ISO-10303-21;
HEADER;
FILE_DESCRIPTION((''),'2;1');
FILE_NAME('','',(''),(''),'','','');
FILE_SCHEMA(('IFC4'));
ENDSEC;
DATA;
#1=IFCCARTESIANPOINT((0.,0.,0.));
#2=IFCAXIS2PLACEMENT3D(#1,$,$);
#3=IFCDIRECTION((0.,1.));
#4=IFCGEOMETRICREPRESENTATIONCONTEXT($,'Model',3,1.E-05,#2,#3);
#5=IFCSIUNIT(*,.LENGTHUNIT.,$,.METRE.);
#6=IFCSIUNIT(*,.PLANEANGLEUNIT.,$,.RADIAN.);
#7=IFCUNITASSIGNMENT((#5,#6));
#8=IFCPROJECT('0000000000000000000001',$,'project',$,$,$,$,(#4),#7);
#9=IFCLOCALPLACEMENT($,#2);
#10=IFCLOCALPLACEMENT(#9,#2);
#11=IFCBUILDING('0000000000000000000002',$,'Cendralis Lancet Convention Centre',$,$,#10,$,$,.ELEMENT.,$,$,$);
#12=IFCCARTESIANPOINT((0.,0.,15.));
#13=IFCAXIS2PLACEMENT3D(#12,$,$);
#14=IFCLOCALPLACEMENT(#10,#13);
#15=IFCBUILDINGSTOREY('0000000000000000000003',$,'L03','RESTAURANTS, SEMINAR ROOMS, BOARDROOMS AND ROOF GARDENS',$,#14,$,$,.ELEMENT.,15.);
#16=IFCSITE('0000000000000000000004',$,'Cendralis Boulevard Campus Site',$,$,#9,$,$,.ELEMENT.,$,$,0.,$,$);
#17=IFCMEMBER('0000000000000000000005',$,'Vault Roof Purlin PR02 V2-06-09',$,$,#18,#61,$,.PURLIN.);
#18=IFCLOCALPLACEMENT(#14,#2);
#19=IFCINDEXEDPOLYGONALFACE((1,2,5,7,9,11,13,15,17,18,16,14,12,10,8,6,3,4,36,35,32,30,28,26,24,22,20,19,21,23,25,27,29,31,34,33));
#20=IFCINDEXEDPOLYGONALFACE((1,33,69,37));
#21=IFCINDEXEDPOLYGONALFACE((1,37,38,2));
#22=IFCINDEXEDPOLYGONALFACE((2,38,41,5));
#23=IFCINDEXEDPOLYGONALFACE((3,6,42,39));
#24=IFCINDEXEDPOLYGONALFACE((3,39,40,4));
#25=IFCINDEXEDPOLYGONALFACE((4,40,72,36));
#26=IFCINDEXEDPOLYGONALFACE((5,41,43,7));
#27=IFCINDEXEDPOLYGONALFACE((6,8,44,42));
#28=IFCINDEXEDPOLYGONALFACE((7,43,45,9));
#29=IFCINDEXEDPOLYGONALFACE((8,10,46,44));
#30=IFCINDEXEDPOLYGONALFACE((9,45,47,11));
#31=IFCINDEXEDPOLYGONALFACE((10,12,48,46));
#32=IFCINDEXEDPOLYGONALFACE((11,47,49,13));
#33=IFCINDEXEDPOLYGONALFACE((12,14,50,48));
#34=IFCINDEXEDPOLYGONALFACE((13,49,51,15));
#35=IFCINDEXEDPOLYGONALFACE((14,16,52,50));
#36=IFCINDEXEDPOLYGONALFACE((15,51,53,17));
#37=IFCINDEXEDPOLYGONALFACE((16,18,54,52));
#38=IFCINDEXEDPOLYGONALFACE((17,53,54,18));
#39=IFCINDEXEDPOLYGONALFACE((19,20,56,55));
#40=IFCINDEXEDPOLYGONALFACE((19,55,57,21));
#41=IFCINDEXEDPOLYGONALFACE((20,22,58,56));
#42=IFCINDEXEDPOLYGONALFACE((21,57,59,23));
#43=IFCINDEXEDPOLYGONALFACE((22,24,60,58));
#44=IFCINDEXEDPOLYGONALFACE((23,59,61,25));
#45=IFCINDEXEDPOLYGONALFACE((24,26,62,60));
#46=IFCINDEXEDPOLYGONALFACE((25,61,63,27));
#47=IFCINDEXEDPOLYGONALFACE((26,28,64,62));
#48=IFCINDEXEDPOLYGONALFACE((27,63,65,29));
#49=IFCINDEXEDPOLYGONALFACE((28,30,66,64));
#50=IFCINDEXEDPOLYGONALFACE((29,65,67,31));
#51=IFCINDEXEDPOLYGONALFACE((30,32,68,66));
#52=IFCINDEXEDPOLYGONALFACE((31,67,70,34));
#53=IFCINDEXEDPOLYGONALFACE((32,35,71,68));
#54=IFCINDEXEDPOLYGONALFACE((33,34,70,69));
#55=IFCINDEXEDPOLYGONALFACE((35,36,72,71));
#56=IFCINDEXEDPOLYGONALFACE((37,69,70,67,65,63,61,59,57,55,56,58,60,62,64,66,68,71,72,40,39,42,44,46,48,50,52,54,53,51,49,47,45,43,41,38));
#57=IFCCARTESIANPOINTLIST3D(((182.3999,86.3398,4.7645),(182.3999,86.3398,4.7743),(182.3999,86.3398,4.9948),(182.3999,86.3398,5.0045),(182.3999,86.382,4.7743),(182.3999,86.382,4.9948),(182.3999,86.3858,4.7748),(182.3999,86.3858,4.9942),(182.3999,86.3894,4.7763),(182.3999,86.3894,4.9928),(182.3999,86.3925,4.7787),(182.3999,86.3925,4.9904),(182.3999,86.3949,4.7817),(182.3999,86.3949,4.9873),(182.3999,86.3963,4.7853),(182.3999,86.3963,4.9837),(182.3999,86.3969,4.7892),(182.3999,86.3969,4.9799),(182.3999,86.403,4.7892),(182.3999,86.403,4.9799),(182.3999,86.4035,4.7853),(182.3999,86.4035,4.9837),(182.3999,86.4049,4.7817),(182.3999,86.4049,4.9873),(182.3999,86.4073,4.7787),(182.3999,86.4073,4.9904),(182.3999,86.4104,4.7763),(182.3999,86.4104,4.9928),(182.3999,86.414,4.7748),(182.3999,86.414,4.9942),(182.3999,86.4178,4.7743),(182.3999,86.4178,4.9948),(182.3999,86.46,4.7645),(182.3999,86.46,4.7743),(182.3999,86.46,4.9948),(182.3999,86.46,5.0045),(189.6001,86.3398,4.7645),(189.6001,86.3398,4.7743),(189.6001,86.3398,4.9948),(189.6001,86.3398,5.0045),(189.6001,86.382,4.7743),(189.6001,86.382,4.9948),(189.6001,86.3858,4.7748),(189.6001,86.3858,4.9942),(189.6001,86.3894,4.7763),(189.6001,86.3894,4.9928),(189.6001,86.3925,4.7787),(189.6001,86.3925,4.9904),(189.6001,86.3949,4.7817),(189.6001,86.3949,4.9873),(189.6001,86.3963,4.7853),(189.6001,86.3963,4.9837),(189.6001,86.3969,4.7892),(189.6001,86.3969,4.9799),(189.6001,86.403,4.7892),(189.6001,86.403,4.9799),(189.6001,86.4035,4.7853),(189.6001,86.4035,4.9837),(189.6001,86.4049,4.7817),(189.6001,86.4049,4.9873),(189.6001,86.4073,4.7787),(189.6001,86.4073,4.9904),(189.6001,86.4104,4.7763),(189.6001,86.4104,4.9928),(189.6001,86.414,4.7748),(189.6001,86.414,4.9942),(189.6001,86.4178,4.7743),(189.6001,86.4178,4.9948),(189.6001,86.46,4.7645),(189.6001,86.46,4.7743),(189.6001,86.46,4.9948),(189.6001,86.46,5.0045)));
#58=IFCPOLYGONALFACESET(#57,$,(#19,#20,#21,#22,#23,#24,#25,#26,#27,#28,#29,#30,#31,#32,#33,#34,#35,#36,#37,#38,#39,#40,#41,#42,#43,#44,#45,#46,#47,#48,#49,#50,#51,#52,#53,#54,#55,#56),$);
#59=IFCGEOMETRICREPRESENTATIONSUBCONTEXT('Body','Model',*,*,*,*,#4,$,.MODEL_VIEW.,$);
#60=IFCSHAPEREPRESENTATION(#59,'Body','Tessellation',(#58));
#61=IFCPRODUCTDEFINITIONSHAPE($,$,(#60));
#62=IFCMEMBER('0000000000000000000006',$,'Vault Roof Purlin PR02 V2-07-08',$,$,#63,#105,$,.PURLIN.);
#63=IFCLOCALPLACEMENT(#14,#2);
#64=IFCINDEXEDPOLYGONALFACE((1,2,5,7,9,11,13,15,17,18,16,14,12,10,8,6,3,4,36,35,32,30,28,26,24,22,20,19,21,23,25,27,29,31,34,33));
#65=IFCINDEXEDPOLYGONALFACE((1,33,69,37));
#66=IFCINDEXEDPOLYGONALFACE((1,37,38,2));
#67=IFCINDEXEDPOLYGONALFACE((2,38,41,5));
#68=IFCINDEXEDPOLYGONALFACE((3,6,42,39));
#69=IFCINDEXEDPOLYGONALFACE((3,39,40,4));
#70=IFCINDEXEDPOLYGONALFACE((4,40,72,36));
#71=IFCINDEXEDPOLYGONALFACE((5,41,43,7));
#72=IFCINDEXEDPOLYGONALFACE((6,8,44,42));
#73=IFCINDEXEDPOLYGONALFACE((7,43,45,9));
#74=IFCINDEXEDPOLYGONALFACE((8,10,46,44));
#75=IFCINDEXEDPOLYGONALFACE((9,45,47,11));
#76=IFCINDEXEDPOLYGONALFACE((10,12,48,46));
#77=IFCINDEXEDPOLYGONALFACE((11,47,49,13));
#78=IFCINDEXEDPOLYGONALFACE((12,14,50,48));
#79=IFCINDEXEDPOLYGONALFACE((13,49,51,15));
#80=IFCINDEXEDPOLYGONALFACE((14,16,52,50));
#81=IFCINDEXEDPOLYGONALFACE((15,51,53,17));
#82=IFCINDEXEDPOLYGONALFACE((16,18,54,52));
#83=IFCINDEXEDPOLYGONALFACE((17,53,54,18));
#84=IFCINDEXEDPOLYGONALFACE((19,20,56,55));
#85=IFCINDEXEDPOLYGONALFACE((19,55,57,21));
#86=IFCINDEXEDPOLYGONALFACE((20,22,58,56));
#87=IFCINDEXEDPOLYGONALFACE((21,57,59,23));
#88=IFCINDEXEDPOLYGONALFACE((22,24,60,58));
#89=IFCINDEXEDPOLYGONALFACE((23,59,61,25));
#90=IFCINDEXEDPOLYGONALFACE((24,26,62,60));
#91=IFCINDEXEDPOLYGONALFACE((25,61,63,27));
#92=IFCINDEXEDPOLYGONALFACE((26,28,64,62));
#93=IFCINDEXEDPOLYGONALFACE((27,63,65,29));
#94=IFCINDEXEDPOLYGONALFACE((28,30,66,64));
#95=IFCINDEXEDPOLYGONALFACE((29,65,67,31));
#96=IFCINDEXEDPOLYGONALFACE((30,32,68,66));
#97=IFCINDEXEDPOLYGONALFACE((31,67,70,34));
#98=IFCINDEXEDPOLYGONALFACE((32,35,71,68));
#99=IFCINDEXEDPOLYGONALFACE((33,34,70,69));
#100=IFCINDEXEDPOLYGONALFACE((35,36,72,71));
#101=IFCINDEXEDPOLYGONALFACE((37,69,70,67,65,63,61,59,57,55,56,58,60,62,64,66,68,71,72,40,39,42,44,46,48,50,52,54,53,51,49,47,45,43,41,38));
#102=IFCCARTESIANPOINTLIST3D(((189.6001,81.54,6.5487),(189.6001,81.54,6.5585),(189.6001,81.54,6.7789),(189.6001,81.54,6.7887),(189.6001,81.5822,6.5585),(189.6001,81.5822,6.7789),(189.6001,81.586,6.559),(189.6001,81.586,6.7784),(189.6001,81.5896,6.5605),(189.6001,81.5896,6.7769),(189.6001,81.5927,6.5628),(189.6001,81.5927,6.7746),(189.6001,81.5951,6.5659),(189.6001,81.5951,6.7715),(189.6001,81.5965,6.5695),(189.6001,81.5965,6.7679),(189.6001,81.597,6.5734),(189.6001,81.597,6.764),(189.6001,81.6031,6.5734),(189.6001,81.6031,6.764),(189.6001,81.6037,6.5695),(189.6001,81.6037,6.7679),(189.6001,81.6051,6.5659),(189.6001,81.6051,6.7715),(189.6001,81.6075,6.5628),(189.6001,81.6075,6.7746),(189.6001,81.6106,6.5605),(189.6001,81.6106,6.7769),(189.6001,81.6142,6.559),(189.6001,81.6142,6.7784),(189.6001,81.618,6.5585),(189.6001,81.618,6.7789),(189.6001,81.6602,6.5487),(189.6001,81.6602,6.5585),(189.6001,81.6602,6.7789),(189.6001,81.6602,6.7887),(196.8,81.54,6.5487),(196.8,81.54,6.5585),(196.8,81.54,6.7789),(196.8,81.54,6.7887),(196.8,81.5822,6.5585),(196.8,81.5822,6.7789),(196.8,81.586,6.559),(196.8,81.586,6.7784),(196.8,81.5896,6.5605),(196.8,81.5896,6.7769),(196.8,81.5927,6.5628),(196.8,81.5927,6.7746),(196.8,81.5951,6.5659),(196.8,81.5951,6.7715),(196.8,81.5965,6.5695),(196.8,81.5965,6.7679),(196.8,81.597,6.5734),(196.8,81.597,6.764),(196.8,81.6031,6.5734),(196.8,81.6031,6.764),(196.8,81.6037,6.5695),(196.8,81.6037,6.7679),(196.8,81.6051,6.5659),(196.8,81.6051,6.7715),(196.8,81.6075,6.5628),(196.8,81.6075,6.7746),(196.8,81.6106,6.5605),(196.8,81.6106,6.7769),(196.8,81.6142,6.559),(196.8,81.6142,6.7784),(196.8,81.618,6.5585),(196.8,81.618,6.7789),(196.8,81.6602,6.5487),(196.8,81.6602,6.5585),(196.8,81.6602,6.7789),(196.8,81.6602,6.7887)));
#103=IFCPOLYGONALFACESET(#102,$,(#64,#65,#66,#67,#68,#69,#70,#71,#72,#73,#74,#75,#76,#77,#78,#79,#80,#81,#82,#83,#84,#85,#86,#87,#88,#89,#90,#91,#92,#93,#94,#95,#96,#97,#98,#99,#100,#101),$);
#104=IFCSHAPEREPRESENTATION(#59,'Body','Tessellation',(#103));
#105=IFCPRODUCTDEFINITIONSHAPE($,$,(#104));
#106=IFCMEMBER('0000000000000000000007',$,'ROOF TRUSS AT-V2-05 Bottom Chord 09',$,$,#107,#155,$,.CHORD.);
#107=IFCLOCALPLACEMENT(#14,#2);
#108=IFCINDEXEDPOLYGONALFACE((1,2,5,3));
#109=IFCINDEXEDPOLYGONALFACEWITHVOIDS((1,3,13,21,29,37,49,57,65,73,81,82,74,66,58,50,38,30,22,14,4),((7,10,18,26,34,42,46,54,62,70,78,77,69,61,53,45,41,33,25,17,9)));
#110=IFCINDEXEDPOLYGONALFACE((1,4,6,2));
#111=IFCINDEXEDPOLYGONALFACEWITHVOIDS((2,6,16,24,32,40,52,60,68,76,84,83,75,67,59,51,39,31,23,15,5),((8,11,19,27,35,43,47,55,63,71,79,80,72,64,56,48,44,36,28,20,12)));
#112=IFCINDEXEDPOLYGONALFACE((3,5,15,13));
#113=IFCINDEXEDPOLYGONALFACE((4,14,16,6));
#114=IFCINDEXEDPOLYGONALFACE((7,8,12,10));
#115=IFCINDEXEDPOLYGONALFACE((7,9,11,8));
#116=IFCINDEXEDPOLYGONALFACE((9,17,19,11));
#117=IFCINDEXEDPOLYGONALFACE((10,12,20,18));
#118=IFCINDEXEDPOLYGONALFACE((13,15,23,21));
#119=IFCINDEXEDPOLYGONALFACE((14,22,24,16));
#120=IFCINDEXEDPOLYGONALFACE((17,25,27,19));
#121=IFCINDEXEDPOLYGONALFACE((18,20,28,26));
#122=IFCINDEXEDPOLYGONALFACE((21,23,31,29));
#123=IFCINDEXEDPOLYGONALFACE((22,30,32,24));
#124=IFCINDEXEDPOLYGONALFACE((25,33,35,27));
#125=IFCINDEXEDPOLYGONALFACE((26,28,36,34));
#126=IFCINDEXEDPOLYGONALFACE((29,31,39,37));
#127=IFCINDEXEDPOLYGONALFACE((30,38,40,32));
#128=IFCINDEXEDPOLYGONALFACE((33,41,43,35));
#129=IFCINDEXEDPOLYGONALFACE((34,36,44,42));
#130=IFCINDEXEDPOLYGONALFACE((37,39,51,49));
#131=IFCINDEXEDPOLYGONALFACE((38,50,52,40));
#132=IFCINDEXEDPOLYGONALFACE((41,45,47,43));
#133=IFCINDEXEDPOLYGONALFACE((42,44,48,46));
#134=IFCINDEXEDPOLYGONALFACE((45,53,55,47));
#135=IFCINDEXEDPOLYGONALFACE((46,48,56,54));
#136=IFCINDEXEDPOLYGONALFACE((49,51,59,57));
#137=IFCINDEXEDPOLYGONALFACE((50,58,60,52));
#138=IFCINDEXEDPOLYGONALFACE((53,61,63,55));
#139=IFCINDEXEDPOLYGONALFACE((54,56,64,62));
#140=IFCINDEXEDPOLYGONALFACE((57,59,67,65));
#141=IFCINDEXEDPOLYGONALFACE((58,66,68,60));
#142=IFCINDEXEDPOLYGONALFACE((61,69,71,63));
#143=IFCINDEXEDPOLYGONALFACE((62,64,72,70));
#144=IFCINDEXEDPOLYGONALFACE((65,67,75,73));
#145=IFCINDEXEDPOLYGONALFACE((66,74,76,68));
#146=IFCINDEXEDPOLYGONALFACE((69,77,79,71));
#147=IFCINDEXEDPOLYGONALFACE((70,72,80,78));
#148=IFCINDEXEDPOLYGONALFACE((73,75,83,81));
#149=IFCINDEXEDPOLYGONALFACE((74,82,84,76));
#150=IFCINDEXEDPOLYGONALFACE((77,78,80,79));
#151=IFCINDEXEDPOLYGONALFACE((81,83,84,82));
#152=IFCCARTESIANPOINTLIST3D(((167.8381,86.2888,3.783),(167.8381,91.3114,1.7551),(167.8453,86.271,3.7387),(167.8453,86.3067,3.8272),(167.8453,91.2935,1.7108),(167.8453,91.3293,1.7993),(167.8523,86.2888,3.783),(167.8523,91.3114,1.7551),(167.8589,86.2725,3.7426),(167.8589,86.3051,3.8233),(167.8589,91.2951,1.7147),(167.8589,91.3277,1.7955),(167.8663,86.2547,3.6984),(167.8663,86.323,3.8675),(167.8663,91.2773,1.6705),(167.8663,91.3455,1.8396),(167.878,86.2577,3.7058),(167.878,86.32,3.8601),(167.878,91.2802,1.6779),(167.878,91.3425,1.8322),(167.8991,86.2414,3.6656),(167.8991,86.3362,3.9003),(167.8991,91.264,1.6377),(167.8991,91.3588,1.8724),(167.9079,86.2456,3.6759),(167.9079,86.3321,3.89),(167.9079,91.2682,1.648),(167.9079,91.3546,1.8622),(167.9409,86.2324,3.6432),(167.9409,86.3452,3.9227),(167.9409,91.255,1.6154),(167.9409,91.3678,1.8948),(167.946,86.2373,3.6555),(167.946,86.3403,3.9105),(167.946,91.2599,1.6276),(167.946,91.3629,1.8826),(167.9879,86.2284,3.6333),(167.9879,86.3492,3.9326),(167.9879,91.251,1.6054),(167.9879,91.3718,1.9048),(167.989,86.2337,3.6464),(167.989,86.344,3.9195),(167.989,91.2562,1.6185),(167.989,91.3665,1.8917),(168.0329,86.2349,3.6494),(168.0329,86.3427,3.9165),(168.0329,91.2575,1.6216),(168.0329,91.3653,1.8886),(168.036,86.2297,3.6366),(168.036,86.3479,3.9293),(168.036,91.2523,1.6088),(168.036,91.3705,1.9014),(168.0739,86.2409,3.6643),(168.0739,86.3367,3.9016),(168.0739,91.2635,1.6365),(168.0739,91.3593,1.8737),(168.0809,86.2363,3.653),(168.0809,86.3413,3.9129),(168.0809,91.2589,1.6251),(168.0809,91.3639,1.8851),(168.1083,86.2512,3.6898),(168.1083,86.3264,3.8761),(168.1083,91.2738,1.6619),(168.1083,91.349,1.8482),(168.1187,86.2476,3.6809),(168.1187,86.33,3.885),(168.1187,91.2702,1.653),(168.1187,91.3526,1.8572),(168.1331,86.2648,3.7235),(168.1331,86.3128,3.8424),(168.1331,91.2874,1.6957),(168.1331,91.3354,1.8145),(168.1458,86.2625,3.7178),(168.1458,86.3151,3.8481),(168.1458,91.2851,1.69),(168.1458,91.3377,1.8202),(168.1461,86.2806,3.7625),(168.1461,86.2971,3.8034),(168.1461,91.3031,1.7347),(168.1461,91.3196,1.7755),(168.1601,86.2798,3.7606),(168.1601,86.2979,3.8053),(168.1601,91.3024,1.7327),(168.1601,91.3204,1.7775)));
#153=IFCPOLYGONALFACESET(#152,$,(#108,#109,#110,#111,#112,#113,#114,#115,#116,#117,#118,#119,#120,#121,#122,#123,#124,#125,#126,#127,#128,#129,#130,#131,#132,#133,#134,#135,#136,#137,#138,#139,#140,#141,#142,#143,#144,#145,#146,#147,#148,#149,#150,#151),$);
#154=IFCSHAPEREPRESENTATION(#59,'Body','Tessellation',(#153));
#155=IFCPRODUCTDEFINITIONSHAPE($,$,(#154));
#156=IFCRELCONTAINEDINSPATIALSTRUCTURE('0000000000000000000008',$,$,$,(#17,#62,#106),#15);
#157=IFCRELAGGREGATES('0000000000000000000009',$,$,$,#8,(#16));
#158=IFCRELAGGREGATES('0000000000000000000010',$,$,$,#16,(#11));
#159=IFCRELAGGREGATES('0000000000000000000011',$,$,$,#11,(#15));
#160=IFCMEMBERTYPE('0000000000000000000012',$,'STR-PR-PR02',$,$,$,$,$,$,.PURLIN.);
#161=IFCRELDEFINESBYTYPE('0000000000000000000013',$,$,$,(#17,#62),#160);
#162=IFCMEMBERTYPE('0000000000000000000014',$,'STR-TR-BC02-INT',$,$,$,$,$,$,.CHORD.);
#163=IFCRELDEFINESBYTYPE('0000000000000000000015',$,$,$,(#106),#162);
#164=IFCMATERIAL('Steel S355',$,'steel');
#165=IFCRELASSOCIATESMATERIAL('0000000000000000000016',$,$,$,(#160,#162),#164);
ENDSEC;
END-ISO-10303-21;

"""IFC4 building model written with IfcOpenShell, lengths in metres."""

from ifc_helpers import new_model, si_unit, direction, frame, origin, origin_2d, place, context, subcontext, project, spatial, hollow_circle, i_section, extrude, material, material_profile, profile_set, type_object, element, save


model = new_model("IFC4")

# Units and contexts
model_context = context("Model", 3, precision=1e-05, world=origin(), true_north=direction((0.0, 1.0)))
body_context = subcontext(model_context, "Body", "Model", "MODEL_VIEW")
ifc_project = project(units=[si_unit("LENGTHUNIT", "METRE"), si_unit("PLANEANGLEUNIT", "RADIAN")], contexts=[model_context])

# Site, building, storey
site_placement = place(None, origin())
site = spatial("IfcSite", under=ifc_project, at=site_placement, Name="Cendralis Boulevard Campus Site", CompositionType="ELEMENT", RefElevation=0.0)
building_placement = place(site_placement, origin())
building = spatial("IfcBuilding", under=site, at=building_placement, Name="Cendralis Lancet Convention Centre", CompositionType="ELEMENT")
storey_placement = place(building_placement, frame((0.0, 0.0, 15.0)))
storey = spatial("IfcBuildingStorey", under=building, at=storey_placement, Name="L03", Description="RESTAURANTS, SEMINAR ROOMS, BOARDROOMS AND ROOF GARDENS", CompositionType="ELEMENT", Elevation=15.0)

# Members
ifc_material_1 = material(Name="Steel S355", Category="steel")
ifc_material_profile_1 = material_profile(ifc_material_1, i_section(OverallWidth=0.1201, OverallDepth=0.24, WebThickness=0.0061, FlangeThickness=0.0098, FilletRadius=0.0149, at=origin_2d()), Name="IPE 240")
ifc_profile_set_1 = profile_set([ifc_material_profile_1], Name="Steel S355")
member_type_1 = type_object("IfcMemberType", Name="STR-PR-PR02", PredefinedType="PURLIN", material=ifc_profile_set_1)
for number, where, z_axis, x_axis, name in (
    (1, (182.3999, 86.3999, 4.8845), (1.0, 0.0, 0.0), (0.0, 1.0, 0.0), "Vault Roof Purlin PR02 V2-06-09"),
):
    element("IfcMember", number, at=place(storey_placement, frame(where, z_axis=z_axis, x_axis=x_axis)), inside=storey, type_object=member_type_1, Name=name, PredefinedType="PURLIN", context=body_context, shape_type="SweptSolid", body=[
        extrude(i_section(OverallWidth=0.1201, OverallDepth=0.24, WebThickness=0.0061, FlangeThickness=0.0098, FilletRadius=0.0149, at=origin_2d()), origin(), (0.0, 0.0, 1.0), 7.2002),
    ])
member_1_placement = place(storey_placement, frame((189.6001, 81.6001, 6.6687), z_axis=(1.0, 0.0, 0.0), x_axis=(0.0, 1.0, 0.0)))
element("IfcMember", 2, at=member_1_placement, inside=storey, type_object=member_type_1, Name="Vault Roof Purlin PR02 V2-07-08", PredefinedType="PURLIN", context=body_context, shape_type="SweptSolid", body=[
    extrude(i_section(OverallWidth=0.1201, OverallDepth=0.24, WebThickness=0.0061, FlangeThickness=0.0098, FilletRadius=0.0149, at=origin_2d()), origin(), (0.0, 0.0, 1.0), 7.2),
])
ifc_material_profile_2 = material_profile(ifc_material_1, hollow_circle(Radius=0.1619, WallThickness=0.0142, at=origin_2d()), Name="CHS 323.9x14.2")
ifc_profile_set_2 = profile_set([ifc_material_profile_2], Name="Steel S355")
member_type_2 = type_object("IfcMemberType", Name="STR-TR-BC02-INT", PredefinedType="CHORD", material=ifc_profile_set_2)
member_2_placement = place(storey_placement, frame((168.0, 86.2888, 3.783), z_axis=(0.0, 0.927272, -0.374389), x_axis=(-1.0, 0.0, 0.0)))
element("IfcMember", 3, at=member_2_placement, inside=storey, type_object=member_type_2, Name="ROOF TRUSS AT-V2-05 Bottom Chord 09", PredefinedType="CHORD", context=body_context, shape_type="SweptSolid", body=[
    extrude(hollow_circle(Radius=0.1619, WallThickness=0.0142, at=origin_2d()), origin(), (0.0, 0.0, 1.0), 5.4165),
])

save(model, "model.ifc")
